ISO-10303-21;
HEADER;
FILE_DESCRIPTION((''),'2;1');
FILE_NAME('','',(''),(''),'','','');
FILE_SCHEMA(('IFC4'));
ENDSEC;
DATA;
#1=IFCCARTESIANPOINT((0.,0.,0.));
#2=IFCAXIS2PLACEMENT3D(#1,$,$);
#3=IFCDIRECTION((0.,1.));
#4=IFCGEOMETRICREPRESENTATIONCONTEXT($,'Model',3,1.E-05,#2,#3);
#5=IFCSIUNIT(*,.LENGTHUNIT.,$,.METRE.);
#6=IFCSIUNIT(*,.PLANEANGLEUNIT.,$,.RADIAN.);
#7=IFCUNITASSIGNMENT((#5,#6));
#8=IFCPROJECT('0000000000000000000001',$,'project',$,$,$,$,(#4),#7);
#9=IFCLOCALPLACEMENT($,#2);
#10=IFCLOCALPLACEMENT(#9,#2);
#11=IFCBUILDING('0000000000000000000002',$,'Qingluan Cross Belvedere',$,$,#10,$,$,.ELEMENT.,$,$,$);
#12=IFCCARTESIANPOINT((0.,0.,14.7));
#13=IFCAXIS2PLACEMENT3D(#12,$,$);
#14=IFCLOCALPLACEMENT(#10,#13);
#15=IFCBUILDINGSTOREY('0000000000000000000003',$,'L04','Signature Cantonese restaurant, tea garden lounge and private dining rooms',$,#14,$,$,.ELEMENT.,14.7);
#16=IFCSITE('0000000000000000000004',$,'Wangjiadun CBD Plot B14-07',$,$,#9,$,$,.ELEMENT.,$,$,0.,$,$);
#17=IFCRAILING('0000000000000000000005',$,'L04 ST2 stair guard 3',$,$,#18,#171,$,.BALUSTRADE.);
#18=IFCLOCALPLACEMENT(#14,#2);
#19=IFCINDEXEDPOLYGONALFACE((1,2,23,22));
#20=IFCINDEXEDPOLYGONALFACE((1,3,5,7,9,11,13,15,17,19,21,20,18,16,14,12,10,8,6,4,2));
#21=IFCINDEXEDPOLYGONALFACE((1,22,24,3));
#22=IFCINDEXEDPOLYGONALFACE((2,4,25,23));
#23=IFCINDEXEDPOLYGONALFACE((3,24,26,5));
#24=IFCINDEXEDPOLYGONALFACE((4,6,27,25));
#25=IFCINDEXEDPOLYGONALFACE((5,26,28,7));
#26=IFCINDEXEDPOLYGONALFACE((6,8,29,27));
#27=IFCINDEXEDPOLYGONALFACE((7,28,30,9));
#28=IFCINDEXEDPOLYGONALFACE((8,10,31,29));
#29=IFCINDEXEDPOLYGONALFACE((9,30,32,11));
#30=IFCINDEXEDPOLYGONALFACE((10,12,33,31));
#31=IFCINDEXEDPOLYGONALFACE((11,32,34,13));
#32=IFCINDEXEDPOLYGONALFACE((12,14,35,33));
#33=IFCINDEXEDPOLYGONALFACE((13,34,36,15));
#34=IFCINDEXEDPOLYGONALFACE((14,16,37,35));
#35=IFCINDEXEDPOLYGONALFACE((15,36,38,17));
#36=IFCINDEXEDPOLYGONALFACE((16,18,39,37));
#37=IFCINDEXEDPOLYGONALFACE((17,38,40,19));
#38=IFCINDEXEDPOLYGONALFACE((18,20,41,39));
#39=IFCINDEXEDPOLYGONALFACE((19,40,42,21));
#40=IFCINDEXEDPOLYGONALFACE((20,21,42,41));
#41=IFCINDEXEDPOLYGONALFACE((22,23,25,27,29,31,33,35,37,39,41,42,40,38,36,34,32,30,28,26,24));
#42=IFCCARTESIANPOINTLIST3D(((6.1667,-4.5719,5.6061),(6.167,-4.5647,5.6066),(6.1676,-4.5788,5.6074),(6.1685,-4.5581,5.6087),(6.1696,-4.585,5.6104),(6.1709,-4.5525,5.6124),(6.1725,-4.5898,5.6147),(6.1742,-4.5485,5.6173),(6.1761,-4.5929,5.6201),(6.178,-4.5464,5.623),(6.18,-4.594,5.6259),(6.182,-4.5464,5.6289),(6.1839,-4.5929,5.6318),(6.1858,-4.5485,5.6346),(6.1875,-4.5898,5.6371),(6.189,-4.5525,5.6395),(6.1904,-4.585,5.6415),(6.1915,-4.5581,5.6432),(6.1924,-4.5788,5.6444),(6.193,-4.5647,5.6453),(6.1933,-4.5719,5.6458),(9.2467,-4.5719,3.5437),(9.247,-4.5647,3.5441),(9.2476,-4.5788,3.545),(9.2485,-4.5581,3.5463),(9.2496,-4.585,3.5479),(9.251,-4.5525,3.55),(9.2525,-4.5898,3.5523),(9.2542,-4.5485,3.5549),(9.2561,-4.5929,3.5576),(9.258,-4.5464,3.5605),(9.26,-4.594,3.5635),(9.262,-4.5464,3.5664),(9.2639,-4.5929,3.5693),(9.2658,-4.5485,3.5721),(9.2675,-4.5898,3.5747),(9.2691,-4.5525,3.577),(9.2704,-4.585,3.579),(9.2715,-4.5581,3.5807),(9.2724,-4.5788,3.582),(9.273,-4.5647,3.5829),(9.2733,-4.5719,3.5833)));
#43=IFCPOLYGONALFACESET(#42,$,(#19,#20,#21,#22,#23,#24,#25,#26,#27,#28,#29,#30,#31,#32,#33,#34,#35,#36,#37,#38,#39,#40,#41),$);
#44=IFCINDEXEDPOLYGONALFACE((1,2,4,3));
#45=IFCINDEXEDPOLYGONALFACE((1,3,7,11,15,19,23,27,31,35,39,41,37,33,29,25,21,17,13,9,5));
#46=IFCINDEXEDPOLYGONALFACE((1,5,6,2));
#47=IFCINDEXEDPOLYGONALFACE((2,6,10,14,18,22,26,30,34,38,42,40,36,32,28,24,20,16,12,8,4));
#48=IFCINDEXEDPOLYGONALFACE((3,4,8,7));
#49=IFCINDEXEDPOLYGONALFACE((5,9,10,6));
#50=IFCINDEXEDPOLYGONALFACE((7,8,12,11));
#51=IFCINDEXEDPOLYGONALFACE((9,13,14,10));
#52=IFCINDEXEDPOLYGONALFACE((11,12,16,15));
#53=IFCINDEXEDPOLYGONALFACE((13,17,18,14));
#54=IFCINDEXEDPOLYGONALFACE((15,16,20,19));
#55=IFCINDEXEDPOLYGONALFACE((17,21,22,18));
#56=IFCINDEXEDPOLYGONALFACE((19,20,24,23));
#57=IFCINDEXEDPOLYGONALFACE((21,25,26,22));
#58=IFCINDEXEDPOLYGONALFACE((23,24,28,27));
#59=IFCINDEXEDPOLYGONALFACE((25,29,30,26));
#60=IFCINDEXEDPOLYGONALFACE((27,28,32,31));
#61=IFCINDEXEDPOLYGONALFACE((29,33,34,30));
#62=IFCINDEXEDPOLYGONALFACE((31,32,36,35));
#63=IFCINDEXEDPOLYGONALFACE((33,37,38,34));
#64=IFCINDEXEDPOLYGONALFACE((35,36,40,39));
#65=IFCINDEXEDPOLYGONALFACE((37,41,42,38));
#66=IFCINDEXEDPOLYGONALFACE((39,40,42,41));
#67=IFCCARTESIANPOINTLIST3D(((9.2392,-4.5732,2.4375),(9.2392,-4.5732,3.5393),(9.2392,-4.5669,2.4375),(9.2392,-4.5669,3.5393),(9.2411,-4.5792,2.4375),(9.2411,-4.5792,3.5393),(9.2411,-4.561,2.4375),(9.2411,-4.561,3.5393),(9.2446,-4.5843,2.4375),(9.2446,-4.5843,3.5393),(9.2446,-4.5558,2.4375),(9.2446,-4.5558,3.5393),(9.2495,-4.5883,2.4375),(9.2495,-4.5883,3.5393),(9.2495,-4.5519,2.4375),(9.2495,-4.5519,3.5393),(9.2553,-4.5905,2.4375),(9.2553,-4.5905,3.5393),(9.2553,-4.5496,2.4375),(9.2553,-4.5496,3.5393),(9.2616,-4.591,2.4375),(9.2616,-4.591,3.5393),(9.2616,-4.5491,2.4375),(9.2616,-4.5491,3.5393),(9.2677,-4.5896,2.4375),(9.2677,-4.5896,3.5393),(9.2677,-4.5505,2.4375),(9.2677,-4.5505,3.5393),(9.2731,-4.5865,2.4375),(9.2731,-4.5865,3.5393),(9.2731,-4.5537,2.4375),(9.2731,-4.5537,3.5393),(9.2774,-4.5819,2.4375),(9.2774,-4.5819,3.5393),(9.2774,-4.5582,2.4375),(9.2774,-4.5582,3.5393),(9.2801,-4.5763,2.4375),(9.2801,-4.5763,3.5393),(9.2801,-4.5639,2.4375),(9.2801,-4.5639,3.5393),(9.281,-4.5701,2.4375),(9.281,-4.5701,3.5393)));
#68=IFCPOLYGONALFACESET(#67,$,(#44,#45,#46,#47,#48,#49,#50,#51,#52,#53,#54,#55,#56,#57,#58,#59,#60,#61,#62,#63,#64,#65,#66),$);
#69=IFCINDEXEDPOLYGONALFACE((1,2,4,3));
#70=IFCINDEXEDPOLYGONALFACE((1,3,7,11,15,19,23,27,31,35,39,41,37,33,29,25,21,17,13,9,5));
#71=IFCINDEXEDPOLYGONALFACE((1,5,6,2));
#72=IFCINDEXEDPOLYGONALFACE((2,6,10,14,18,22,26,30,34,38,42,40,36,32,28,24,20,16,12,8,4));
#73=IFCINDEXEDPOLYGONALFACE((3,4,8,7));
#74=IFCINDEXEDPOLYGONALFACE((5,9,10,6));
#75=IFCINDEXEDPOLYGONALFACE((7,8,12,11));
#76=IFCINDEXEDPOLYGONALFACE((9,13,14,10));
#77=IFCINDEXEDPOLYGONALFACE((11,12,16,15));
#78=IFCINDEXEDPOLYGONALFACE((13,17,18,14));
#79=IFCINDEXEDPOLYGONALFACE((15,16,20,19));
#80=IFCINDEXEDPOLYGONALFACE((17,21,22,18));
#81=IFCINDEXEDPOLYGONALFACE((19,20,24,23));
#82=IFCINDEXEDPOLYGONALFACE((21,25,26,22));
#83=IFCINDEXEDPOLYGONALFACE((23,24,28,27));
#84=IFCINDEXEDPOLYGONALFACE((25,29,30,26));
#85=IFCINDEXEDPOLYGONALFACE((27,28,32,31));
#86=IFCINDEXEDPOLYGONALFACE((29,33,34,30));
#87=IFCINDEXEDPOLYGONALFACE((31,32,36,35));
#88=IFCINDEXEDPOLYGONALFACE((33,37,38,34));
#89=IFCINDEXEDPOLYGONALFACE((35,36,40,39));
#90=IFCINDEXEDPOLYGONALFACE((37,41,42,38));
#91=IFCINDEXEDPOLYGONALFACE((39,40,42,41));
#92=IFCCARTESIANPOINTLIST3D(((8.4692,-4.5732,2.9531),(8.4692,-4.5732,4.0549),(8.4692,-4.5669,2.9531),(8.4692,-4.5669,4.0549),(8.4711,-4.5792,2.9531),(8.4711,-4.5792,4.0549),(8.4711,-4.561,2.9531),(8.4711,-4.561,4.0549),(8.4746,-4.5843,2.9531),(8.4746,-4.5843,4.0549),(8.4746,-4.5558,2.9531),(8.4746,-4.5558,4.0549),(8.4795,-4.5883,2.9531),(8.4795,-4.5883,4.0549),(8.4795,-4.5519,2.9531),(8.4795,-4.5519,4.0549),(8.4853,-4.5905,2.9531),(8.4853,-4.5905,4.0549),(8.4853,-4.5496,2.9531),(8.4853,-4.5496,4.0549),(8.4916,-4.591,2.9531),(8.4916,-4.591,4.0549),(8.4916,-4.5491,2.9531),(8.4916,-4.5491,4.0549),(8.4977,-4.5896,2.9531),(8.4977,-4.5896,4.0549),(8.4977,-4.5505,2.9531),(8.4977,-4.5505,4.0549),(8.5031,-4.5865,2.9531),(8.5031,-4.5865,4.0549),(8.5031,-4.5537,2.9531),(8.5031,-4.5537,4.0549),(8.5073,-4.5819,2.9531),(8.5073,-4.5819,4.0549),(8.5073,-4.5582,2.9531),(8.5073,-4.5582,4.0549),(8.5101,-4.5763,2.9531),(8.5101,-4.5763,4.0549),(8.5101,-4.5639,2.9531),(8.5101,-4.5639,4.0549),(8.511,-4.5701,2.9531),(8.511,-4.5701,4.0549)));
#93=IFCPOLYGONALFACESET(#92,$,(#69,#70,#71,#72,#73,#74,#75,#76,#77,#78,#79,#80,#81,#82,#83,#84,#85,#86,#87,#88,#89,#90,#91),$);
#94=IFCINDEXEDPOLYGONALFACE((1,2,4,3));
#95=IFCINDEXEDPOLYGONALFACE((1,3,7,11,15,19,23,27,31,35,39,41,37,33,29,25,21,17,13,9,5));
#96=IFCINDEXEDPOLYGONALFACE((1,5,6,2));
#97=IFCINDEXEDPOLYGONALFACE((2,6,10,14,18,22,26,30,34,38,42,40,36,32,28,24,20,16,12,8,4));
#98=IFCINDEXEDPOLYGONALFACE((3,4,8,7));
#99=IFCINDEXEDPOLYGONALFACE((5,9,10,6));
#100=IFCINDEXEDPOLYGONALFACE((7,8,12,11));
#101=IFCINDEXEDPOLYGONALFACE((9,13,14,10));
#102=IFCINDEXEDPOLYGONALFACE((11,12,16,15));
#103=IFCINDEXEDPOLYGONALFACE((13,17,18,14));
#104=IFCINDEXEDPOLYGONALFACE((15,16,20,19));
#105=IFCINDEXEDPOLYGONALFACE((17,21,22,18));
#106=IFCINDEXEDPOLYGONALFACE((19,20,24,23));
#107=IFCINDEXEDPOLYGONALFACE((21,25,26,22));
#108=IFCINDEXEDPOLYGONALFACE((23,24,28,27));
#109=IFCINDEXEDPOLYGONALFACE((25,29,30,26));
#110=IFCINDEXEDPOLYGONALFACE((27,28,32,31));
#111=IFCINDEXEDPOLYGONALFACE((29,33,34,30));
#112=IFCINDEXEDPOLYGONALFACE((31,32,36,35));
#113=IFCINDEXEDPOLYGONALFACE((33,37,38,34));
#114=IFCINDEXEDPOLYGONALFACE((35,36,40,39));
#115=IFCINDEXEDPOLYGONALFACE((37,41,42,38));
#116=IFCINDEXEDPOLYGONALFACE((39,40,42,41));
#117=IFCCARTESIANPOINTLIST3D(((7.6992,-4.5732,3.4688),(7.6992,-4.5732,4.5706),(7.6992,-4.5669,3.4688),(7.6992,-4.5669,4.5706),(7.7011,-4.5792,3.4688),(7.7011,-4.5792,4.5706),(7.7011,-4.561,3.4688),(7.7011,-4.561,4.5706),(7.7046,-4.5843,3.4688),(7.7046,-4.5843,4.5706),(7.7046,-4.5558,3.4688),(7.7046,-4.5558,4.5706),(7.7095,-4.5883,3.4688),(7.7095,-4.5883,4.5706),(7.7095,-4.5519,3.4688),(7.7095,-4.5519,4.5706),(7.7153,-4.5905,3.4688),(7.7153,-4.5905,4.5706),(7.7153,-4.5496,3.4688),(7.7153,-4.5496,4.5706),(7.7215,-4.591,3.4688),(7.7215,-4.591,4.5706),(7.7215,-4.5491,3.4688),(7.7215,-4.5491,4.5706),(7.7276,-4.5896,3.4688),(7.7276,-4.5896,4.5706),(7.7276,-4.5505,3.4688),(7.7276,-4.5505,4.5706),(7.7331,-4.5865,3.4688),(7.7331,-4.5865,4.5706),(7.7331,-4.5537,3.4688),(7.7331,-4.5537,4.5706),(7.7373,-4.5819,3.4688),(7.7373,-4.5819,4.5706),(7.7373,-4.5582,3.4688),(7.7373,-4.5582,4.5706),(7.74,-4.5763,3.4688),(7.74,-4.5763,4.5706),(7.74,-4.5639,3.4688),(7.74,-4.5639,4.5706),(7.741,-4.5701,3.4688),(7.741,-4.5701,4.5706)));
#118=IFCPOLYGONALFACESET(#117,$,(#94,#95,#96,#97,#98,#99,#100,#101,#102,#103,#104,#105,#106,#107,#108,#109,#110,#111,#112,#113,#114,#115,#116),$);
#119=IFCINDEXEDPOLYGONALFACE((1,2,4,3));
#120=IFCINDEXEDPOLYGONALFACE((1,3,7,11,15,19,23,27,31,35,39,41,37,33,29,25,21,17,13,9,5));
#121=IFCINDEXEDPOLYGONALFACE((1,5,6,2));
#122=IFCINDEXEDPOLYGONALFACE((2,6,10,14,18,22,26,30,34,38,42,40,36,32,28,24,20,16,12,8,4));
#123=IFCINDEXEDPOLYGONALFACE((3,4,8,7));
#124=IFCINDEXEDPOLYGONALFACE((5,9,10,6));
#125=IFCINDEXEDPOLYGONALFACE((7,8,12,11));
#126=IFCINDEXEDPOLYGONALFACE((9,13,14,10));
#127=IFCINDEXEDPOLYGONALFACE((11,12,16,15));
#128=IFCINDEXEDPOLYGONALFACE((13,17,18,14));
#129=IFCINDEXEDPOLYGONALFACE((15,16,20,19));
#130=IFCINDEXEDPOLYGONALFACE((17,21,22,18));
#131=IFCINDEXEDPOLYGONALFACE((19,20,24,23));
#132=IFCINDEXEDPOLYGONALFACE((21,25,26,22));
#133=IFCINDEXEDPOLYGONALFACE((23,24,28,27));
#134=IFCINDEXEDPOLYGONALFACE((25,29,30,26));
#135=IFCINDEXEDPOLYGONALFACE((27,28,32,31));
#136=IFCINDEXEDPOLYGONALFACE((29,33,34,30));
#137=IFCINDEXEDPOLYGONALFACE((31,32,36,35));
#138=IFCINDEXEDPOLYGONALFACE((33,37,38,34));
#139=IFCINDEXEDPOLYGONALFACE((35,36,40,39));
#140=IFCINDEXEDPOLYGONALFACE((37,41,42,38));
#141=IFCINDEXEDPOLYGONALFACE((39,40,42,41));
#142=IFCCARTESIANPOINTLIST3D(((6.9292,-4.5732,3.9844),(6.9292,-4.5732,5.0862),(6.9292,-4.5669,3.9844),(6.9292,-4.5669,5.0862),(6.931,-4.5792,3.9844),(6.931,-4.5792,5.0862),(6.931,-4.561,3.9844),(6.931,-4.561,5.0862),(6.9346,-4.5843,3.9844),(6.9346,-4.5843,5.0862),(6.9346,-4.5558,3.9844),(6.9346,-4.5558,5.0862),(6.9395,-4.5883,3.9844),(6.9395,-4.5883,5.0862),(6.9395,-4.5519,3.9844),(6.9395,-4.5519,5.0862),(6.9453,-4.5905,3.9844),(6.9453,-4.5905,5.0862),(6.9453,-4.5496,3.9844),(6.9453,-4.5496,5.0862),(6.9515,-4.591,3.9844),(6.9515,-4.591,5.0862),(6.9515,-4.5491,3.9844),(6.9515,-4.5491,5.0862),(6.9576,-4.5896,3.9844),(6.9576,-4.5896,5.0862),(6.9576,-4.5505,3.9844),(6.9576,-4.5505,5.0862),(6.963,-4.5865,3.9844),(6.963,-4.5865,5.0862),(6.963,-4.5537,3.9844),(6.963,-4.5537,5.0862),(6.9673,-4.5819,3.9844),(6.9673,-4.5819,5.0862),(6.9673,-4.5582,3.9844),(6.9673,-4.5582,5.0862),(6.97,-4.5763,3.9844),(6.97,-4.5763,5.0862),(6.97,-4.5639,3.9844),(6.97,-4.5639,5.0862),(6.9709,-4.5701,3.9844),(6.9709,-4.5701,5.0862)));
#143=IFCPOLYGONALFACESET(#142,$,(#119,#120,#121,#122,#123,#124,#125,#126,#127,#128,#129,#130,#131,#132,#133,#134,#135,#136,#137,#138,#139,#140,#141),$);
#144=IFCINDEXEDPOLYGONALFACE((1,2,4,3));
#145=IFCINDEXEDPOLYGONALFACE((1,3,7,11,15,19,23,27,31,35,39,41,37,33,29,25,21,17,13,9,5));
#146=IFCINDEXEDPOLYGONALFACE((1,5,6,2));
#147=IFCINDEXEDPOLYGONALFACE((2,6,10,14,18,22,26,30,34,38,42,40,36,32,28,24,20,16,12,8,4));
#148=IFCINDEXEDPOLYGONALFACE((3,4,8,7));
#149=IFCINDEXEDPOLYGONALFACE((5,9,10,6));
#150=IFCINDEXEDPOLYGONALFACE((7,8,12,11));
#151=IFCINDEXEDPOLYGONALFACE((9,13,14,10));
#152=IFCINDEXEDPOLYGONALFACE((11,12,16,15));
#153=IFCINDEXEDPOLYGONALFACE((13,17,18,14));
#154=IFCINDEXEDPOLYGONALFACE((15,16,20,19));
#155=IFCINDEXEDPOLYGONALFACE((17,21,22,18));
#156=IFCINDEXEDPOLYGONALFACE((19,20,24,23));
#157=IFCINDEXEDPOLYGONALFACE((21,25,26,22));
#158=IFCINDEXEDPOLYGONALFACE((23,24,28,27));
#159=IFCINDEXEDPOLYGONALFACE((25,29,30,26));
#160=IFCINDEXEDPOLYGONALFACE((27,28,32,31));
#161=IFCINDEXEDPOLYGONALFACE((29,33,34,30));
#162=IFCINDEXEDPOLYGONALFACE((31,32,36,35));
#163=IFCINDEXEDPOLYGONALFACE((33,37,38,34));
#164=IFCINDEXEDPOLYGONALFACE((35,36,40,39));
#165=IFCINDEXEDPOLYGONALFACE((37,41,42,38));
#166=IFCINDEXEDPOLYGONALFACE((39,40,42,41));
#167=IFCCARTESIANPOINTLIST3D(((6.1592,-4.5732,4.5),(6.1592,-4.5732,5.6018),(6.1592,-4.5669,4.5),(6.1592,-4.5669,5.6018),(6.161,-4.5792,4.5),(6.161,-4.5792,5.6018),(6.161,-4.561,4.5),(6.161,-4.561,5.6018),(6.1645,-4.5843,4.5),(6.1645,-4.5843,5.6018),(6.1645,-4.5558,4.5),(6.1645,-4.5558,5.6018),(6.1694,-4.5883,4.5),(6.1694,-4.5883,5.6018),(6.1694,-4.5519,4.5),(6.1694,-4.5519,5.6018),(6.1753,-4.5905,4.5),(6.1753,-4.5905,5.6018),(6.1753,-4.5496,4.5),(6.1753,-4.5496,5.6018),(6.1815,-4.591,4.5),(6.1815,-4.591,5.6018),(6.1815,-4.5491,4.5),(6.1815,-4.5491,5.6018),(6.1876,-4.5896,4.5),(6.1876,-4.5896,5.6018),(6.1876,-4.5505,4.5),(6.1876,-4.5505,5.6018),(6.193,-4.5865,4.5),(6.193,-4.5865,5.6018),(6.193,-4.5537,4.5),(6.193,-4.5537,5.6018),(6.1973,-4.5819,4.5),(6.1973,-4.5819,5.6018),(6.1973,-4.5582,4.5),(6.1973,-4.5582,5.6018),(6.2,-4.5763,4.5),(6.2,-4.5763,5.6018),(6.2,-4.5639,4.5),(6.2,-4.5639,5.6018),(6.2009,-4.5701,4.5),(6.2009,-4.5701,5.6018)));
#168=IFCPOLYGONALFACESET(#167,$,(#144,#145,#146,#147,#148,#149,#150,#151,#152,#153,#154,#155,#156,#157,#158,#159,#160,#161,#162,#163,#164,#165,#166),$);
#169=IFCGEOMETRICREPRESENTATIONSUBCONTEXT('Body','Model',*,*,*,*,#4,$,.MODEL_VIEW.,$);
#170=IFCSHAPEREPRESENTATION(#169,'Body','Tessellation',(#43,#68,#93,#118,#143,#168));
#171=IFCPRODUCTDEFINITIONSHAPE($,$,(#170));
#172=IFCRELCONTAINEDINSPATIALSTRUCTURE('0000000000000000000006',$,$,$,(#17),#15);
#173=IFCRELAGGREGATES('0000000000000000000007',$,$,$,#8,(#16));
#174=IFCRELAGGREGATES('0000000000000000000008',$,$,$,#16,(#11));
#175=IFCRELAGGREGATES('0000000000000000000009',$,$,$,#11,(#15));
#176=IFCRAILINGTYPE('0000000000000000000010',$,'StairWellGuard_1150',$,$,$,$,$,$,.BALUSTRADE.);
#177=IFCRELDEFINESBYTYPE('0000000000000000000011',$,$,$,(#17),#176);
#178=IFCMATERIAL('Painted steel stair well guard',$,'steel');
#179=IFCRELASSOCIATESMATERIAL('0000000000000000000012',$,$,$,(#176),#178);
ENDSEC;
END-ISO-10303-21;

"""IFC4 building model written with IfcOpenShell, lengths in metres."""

from ifc_helpers import new_model, si_unit, direction, frame, origin, origin_2d, place, context, subcontext, project, spatial, circle, extrude, material, type_object, element, save


model = new_model("IFC4")

# Units and contexts
model_context = context("Model", 3, precision=1e-05, world=origin(), true_north=direction((0.0, 1.0)))
body_context = subcontext(model_context, "Body", "Model", "MODEL_VIEW")
ifc_project = project(units=[si_unit("LENGTHUNIT", "METRE"), si_unit("PLANEANGLEUNIT", "RADIAN")], contexts=[model_context])

# Site, building, storey
site_placement = place(None, origin())
site = spatial("IfcSite", under=ifc_project, at=site_placement, Name="Wangjiadun CBD Plot B14-07", CompositionType="ELEMENT", RefElevation=0.0)
building_placement = place(site_placement, origin())
building = spatial("IfcBuilding", under=site, at=building_placement, Name="Qingluan Cross Belvedere", CompositionType="ELEMENT")
storey_placement = place(building_placement, frame((0.0, 0.0, 14.7)))
storey = spatial("IfcBuildingStorey", under=building, at=storey_placement, Name="L04", Description="Signature Cantonese restaurant, tea garden lounge and private dining rooms", CompositionType="ELEMENT", Elevation=14.7)

# Railing
ifc_material_1 = material(Name="Painted steel stair well guard", Category="steel")
railing_type_1 = type_object("IfcRailingType", Name="StairWellGuard_1150", PredefinedType="BALUSTRADE", material=ifc_material_1)
railing_1_placement = place(storey_placement, frame((9.26, -4.5701, 2.4375)))
element("IfcRailing", 1, at=railing_1_placement, inside=storey, type_object=railing_type_1, Name="L04 ST2 stair guard 3", PredefinedType="BALUSTRADE", context=body_context, shape_type="SweptSolid", body=[
    extrude(circle(Radius=0.0239, at=origin_2d()), frame((0.0, 0.0, 1.126), z_axis=(-0.830914, 0.0, 0.556401), x_axis=(0.0, -1.0, 0.0)), (0.0, 0.0, 1.0), 3.7068),
    extrude(circle(Radius=0.021, at=origin_2d()), origin(), (0.0, 0.0, 1.0), 1.1018),
    extrude(circle(Radius=0.021, at=origin_2d()), frame((-0.77, 0.0, 0.5156)), (0.0, 0.0, 1.0), 1.1018),
    extrude(circle(Radius=0.021, at=origin_2d()), frame((-1.54, 0.0, 1.0312)), (0.0, 0.0, 1.0), 1.1018),
    extrude(circle(Radius=0.021, at=origin_2d()), frame((-2.3101, 0.0, 1.5469)), (0.0, 0.0, 1.0), 1.1018),
    extrude(circle(Radius=0.021, at=origin_2d()), frame((-3.0801, 0.0, 2.0625)), (0.0, 0.0, 1.0), 1.1018),
])

save(model, "model.ifc")
